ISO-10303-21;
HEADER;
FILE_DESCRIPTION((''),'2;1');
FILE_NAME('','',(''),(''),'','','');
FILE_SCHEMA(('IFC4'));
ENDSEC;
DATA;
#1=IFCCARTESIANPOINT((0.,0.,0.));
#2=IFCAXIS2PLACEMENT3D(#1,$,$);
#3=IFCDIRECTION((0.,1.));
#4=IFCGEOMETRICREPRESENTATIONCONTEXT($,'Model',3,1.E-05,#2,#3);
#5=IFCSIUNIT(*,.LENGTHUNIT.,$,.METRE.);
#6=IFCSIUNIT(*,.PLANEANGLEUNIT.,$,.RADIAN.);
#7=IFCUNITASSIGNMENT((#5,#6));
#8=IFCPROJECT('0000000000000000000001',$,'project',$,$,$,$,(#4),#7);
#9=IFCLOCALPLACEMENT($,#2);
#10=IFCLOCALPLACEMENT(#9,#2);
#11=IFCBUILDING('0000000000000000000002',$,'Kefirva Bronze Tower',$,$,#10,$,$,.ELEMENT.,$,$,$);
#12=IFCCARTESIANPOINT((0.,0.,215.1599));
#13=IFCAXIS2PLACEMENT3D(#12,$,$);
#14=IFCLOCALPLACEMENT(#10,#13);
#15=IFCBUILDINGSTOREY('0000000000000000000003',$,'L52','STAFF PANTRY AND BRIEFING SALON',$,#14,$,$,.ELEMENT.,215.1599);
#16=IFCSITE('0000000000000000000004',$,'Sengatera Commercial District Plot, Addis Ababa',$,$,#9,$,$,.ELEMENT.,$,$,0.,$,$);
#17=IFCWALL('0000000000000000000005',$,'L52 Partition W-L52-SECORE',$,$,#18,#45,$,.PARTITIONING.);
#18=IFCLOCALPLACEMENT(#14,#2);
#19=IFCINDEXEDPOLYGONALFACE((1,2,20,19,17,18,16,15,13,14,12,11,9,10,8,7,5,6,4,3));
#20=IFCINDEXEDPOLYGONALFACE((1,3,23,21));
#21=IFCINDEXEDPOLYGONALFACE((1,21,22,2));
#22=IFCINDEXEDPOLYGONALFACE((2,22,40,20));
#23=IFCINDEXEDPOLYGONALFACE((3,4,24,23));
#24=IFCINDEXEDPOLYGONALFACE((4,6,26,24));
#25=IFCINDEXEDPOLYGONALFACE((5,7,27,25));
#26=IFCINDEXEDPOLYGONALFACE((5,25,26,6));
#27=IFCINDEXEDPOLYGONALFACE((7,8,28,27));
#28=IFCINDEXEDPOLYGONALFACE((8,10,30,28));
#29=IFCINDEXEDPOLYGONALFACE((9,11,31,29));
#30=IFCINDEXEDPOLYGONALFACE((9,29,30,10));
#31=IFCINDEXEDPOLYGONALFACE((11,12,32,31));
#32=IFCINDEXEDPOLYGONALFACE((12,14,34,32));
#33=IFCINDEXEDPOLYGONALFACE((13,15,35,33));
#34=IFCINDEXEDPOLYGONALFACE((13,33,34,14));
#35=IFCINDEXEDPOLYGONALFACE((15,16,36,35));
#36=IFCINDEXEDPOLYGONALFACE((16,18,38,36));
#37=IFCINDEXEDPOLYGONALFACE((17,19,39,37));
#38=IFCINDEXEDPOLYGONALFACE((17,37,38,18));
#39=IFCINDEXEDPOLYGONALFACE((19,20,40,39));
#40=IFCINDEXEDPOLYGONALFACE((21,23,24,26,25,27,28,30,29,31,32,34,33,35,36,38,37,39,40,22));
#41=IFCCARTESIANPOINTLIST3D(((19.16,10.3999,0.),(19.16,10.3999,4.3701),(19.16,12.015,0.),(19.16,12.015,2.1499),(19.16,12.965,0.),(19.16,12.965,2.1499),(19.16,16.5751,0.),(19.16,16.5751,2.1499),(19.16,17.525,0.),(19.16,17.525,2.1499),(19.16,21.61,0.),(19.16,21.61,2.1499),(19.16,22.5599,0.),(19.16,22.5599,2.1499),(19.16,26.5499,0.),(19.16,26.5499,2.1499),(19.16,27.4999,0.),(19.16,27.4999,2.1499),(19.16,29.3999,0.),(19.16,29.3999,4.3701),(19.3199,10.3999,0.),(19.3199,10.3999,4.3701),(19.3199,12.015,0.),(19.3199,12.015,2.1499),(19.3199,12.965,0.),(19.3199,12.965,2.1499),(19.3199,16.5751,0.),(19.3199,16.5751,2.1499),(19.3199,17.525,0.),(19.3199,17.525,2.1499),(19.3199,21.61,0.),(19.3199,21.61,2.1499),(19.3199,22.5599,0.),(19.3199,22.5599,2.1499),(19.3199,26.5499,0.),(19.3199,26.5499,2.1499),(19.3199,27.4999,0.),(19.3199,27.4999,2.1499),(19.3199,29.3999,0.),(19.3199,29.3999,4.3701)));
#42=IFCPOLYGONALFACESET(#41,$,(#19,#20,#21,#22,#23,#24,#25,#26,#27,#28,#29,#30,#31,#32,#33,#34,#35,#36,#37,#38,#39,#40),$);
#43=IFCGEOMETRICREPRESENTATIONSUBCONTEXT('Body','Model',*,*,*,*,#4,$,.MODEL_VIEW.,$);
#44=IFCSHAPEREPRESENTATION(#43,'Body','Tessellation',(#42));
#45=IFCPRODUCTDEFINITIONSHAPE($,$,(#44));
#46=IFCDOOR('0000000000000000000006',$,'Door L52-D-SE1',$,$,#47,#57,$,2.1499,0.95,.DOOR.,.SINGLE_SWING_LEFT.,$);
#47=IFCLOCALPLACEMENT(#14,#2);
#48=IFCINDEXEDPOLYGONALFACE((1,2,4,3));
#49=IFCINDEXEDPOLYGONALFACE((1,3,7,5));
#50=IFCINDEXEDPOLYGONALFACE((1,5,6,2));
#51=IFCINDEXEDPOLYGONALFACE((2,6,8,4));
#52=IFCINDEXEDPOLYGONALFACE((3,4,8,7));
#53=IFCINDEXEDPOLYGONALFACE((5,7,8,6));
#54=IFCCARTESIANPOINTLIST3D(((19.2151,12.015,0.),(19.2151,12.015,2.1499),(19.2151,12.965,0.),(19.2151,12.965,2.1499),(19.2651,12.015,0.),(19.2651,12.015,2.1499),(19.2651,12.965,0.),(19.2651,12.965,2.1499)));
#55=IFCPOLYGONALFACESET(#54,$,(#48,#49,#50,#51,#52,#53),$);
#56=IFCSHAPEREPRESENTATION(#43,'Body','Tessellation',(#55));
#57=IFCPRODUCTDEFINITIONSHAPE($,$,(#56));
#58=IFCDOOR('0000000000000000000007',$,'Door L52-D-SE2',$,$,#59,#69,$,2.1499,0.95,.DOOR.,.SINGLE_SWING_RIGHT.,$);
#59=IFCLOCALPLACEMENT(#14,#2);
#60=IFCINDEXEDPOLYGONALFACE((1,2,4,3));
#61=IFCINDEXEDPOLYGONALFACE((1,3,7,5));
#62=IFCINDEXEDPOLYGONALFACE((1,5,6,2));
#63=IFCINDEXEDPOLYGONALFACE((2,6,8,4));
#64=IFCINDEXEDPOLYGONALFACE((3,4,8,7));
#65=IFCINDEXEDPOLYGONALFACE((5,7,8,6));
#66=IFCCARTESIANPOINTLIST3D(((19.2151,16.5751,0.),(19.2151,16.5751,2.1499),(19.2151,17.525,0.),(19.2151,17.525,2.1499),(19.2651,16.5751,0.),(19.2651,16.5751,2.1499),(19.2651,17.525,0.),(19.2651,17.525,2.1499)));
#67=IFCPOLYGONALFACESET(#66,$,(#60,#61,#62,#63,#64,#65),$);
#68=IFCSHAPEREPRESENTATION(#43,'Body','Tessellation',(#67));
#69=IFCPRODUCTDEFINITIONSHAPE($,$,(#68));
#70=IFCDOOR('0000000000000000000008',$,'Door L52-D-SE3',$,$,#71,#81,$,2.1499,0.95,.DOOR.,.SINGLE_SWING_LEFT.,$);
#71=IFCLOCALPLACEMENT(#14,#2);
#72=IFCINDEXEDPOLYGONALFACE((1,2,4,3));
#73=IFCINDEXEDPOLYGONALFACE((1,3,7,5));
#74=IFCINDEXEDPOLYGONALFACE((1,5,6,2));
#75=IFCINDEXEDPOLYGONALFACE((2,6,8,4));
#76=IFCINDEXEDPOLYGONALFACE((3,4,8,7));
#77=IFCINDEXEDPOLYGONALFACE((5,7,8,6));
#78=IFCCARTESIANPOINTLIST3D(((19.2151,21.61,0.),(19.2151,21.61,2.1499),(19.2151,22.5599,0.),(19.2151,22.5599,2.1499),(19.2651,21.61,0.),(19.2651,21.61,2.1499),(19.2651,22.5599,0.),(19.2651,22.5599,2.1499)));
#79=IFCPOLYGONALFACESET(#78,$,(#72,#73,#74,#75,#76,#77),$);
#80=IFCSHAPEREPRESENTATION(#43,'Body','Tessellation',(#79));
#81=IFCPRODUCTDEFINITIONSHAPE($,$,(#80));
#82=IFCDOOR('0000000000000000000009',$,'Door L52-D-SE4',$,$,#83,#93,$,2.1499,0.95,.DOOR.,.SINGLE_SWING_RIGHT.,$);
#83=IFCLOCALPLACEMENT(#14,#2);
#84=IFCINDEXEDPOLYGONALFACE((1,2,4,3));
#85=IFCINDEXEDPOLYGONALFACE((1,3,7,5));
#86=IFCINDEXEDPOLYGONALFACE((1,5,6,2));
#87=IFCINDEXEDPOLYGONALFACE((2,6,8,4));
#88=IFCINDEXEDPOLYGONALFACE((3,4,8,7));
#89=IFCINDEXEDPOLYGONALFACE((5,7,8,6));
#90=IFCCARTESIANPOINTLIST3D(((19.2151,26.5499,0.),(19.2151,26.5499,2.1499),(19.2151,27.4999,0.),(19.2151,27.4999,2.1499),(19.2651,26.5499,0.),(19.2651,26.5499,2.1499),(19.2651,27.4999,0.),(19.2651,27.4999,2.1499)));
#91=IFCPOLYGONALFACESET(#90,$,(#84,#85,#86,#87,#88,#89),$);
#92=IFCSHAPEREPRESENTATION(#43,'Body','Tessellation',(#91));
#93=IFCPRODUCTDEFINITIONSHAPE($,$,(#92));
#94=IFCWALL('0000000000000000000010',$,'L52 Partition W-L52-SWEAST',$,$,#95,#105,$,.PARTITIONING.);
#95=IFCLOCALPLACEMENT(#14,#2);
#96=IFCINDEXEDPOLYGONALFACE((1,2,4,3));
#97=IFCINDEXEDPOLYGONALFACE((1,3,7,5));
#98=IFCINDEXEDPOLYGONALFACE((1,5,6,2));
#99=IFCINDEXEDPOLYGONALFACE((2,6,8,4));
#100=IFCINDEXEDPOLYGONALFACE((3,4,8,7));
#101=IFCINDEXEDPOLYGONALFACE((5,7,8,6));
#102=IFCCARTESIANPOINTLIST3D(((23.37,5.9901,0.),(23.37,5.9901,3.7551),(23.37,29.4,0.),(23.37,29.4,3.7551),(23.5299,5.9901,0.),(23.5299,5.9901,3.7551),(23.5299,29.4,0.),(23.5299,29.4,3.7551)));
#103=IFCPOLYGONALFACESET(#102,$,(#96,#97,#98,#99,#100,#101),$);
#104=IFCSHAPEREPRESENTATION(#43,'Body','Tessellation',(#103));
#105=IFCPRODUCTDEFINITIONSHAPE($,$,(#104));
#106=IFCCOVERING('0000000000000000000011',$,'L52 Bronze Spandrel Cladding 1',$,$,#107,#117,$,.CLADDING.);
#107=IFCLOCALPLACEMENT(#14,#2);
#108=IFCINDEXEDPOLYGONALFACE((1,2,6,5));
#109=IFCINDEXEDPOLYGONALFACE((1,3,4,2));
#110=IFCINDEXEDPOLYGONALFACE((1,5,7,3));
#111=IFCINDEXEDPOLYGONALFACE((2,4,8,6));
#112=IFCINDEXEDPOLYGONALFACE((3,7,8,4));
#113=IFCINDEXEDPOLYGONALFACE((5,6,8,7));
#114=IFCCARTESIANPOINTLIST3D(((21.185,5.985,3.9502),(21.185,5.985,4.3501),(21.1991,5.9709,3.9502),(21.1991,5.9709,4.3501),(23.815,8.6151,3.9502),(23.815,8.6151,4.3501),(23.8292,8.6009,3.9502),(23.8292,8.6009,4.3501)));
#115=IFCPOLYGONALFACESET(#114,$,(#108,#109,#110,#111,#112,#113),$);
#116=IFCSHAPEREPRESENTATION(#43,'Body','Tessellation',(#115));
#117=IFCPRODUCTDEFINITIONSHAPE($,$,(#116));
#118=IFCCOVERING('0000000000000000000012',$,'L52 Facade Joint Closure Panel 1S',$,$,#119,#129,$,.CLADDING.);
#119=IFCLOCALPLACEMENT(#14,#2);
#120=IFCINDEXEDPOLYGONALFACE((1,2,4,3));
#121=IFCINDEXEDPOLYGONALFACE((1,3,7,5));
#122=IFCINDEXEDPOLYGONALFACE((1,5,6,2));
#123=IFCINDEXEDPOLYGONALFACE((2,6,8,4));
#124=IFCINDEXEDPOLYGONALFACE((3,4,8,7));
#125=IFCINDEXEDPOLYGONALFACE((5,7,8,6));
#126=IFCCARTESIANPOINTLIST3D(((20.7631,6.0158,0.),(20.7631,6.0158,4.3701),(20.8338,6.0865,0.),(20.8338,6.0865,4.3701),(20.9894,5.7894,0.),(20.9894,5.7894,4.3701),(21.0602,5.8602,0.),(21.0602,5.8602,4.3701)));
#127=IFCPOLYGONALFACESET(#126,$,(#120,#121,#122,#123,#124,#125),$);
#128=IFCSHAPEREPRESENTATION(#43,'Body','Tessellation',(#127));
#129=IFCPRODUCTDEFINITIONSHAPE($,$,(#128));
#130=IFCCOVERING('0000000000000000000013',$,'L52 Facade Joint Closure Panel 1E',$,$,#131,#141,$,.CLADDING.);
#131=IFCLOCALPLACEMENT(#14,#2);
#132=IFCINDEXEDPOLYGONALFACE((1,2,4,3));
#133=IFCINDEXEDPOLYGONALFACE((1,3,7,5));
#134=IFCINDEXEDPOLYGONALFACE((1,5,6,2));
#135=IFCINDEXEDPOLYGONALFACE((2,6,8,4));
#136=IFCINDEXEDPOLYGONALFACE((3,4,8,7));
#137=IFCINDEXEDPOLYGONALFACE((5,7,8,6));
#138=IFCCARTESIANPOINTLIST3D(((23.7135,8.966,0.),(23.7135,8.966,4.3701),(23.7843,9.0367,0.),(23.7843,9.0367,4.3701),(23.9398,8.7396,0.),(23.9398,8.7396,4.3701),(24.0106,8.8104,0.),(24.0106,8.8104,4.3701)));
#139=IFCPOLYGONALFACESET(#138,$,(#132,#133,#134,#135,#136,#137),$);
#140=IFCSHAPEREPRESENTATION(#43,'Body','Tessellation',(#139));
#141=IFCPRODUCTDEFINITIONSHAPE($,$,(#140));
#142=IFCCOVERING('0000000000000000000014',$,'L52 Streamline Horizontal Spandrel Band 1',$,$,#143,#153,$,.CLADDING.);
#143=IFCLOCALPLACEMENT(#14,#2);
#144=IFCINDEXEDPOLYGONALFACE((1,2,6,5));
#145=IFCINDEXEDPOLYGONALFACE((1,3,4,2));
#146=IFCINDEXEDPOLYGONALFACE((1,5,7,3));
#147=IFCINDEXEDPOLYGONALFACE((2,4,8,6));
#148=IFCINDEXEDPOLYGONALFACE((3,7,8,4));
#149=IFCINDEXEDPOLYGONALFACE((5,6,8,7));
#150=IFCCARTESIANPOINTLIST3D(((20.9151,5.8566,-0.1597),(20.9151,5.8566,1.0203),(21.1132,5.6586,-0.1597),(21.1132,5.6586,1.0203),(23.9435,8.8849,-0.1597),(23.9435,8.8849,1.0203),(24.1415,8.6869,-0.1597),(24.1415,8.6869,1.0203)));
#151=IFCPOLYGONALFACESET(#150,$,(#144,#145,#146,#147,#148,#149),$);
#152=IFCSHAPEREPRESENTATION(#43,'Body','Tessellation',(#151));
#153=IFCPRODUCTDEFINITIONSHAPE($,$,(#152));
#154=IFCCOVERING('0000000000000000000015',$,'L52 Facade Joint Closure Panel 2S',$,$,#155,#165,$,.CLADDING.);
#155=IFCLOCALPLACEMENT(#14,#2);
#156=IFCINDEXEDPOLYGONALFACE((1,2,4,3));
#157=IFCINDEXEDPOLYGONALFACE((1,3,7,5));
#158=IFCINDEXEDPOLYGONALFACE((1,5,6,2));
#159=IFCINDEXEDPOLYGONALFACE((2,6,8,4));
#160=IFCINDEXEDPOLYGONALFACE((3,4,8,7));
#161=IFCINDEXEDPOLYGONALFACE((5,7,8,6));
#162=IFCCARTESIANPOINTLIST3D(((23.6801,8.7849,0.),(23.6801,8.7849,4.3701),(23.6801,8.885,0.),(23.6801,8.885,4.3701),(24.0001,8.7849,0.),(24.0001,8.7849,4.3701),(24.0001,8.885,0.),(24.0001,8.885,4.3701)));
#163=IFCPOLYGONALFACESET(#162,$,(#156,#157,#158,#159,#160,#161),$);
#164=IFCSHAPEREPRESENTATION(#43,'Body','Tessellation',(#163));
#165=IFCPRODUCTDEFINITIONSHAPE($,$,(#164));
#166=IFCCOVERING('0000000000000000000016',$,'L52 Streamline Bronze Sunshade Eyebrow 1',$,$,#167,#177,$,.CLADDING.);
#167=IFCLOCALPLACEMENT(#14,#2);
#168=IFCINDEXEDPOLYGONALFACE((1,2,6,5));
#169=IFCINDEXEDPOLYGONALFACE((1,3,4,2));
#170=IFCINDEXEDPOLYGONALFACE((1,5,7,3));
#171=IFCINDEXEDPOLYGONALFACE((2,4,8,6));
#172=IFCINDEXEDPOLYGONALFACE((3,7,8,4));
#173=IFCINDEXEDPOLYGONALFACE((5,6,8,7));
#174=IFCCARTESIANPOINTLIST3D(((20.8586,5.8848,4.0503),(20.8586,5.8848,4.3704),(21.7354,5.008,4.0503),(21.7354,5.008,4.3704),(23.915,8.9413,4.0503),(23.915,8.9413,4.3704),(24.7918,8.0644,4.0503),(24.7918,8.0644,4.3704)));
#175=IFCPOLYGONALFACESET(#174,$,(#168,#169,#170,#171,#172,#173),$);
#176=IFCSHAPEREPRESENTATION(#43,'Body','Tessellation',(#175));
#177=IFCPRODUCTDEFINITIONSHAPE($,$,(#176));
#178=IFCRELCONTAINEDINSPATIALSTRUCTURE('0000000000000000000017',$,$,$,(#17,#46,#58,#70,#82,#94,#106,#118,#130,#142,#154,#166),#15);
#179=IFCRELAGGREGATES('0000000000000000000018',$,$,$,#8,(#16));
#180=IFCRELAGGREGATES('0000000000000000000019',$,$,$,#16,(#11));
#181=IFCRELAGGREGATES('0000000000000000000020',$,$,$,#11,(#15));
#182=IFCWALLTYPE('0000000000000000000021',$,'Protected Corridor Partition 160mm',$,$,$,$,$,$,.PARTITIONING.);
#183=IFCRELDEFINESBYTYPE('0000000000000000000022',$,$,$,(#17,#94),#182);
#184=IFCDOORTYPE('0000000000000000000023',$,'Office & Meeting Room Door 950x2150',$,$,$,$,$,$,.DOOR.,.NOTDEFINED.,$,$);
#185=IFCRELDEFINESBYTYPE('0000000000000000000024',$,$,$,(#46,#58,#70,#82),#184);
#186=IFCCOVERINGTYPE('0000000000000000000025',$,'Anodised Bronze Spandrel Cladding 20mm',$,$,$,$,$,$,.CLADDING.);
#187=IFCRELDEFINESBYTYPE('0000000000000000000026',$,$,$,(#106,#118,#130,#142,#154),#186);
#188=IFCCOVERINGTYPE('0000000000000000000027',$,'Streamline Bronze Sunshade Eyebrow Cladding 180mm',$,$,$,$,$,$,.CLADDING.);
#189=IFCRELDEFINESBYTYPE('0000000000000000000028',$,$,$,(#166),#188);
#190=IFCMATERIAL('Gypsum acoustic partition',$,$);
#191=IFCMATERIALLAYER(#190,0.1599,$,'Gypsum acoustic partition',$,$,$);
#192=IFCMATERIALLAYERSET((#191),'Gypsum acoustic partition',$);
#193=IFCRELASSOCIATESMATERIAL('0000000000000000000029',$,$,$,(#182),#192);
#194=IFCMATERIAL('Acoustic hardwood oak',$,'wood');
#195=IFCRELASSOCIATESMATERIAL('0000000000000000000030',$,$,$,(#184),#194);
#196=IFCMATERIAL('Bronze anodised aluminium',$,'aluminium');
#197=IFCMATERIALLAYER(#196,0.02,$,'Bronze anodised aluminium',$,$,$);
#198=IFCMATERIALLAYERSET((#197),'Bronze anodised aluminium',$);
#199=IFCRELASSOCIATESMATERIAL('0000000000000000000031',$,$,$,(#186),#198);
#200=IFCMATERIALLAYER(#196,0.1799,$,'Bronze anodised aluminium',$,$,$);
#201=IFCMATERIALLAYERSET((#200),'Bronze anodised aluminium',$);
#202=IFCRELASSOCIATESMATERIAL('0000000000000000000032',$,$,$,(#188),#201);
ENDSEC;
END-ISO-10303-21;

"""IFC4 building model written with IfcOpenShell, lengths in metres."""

from ifc_helpers import new_model, si_unit, direction, frame, frame_2d, origin, origin_2d, place, context, subcontext, project, spatial, rectangle, extrude, material, layer, layer_set, type_object, element, fill, save


model = new_model("IFC4")

# Units and contexts
model_context = context("Model", 3, precision=1e-05, world=origin(), true_north=direction((0.0, 1.0)))
body_context = subcontext(model_context, "Body", "Model", "MODEL_VIEW")
ifc_project = project(units=[si_unit("LENGTHUNIT", "METRE"), si_unit("PLANEANGLEUNIT", "RADIAN")], contexts=[model_context])

# Site, building, storey
site_placement = place(None, origin())
site = spatial("IfcSite", under=ifc_project, at=site_placement, Name="Sengatera Commercial District Plot, Addis Ababa", CompositionType="ELEMENT", RefElevation=0.0)
building_placement = place(site_placement, origin())
building = spatial("IfcBuilding", under=site, at=building_placement, Name="Kefirva Bronze Tower", CompositionType="ELEMENT")
storey_placement = place(building_placement, frame((0.0, 0.0, 215.1599)))
storey = spatial("IfcBuildingStorey", under=building, at=storey_placement, Name="L52", Description="STAFF PANTRY AND BRIEFING SALON", CompositionType="ELEMENT", Elevation=215.1599)

# Shared definitions
ifc_material_1 = material(Name="Bronze anodised aluminium", Category="aluminium")

# Shared definitions
ifc_material_2 = material(Name="Gypsum acoustic partition")

# Shared definitions
ifc_layer_1 = layer(ifc_material_2, 0.1599, Name="Gypsum acoustic partition")
ifc_layer_set_1 = layer_set([ifc_layer_1], Name="Gypsum acoustic partition")
wall_type_1 = type_object("IfcWallType", Name="Protected Corridor Partition 160mm", PredefinedType="PARTITIONING", material=ifc_layer_set_1)
ifc_material_3 = material(Name="Acoustic hardwood oak", Category="wood")
door_type = type_object("IfcDoorType", Name="Office & Meeting Room Door 950x2150", OperationType="NOTDEFINED", PredefinedType="DOOR", material=ifc_material_3)

# Wall, openings, doors
wall_1_placement = place(storey_placement, frame((19.24, 10.3999, 0.0), z_axis=(0.0, 0.0, 1.0), x_axis=(0.0, 1.0, 0.0)))
wall_1 = element("IfcWall", 1, at=wall_1_placement, inside=storey, type_object=wall_type_1, Name="L52 Partition W-L52-SECORE", PredefinedType="PARTITIONING", context=body_context, shape_type="SweptSolid", body=[
    extrude(rectangle(XDim=19.0, YDim=0.1599, at=frame_2d((9.5, 0.0))), origin(), (0.0, 0.0, 1.0), 4.3701),
])
opening_1_placement = place(wall_1_placement, frame((1.615, 0.0, 0.0)))
opening_1 = element("IfcOpeningElement", 2, at=opening_1_placement, cuts=wall_1, PredefinedType="OPENING", context=body_context, shape_type="SweptSolid", body=[
    extrude(rectangle(XDim=0.95, YDim=2.1499, at=frame_2d((0.4751, 1.075))), frame((0.0, 0.0898, 0.0), z_axis=(0.0, -1.0, 0.0), x_axis=(1.0, 0.0, 0.0)), (0.0, 0.0, 1.0), 0.1799),
])
opening_2_placement = place(wall_1_placement, frame((6.175, 0.0, 0.0)))
opening_2 = element("IfcOpeningElement", 3, at=opening_2_placement, cuts=wall_1, PredefinedType="OPENING", context=body_context, shape_type="SweptSolid", body=[
    extrude(rectangle(XDim=0.95, YDim=2.1499, at=frame_2d((0.4751, 1.075))), frame((0.0, 0.0898, 0.0), z_axis=(0.0, -1.0, 0.0), x_axis=(1.0, 0.0, 0.0)), (0.0, 0.0, 1.0), 0.1799),
])
opening_3_placement = place(wall_1_placement, frame((11.21, 0.0, 0.0)))
opening_3 = element("IfcOpeningElement", 4, at=opening_3_placement, cuts=wall_1, PredefinedType="OPENING", context=body_context, shape_type="SweptSolid", body=[
    extrude(rectangle(XDim=0.95, YDim=2.1499, at=frame_2d((0.4751, 1.075))), frame((0.0, 0.0898, 0.0), z_axis=(0.0, -1.0, 0.0), x_axis=(1.0, 0.0, 0.0)), (0.0, 0.0, 1.0), 0.1799),
])
opening_4_placement = place(wall_1_placement, frame((16.1499, 0.0, 0.0)))
opening_4 = element("IfcOpeningElement", 5, at=opening_4_placement, cuts=wall_1, PredefinedType="OPENING", context=body_context, shape_type="SweptSolid", body=[
    extrude(rectangle(XDim=0.95, YDim=2.1499, at=frame_2d((0.4751, 1.075))), frame((0.0, 0.0898, 0.0), z_axis=(0.0, -1.0, 0.0), x_axis=(1.0, 0.0, 0.0)), (0.0, 0.0, 1.0), 0.1799),
])
door_1_placement = place(opening_1_placement, origin())
door_1 = element("IfcDoor", 6, at=door_1_placement, inside=storey, type_object=door_type, Name="Door L52-D-SE1", OperationType="SINGLE_SWING_LEFT", OverallHeight=2.1499, OverallWidth=0.95, PredefinedType="DOOR", context=body_context, shape_type="SweptSolid", body=[
    extrude(rectangle(XDim=0.95, YDim=2.1499, at=frame_2d((0.4751, 1.075))), frame((0.0, 0.0249, 0.0), z_axis=(0.0, -1.0, 0.0), x_axis=(1.0, 0.0, 0.0)), (0.0, 0.0, 1.0), 0.05),
])
fill(opening_1, door_1)
door_2_placement = place(opening_2_placement, origin())
door_2 = element("IfcDoor", 7, at=door_2_placement, inside=storey, type_object=door_type, Name="Door L52-D-SE2", OperationType="SINGLE_SWING_RIGHT", OverallHeight=2.1499, OverallWidth=0.95, PredefinedType="DOOR", context=body_context, shape_type="SweptSolid", body=[
    extrude(rectangle(XDim=0.95, YDim=2.1499, at=frame_2d((0.4751, 1.075))), frame((0.0, 0.0249, 0.0), z_axis=(0.0, -1.0, 0.0), x_axis=(1.0, 0.0, 0.0)), (0.0, 0.0, 1.0), 0.05),
])
fill(opening_2, door_2)
door_3_placement = place(opening_3_placement, origin())
door_3 = element("IfcDoor", 8, at=door_3_placement, inside=storey, type_object=door_type, Name="Door L52-D-SE3", OperationType="SINGLE_SWING_LEFT", OverallHeight=2.1499, OverallWidth=0.95, PredefinedType="DOOR", context=body_context, shape_type="SweptSolid", body=[
    extrude(rectangle(XDim=0.95, YDim=2.1499, at=frame_2d((0.4751, 1.075))), frame((0.0, 0.0249, 0.0), z_axis=(0.0, -1.0, 0.0), x_axis=(1.0, 0.0, 0.0)), (0.0, 0.0, 1.0), 0.05),
])
fill(opening_3, door_3)
door_4_placement = place(opening_4_placement, origin())
door_4 = element("IfcDoor", 9, at=door_4_placement, inside=storey, type_object=door_type, Name="Door L52-D-SE4", OperationType="SINGLE_SWING_RIGHT", OverallHeight=2.1499, OverallWidth=0.95, PredefinedType="DOOR", context=body_context, shape_type="SweptSolid", body=[
    extrude(rectangle(XDim=0.95, YDim=2.1499, at=frame_2d((0.4751, 1.075))), frame((0.0, 0.0249, 0.0), z_axis=(0.0, -1.0, 0.0), x_axis=(1.0, 0.0, 0.0)), (0.0, 0.0, 1.0), 0.05),
])
fill(opening_4, door_4)

# Wall
wall_2_placement = place(storey_placement, frame((23.45, 5.99, 0.0), z_axis=(0.0, 0.0, 1.0), x_axis=(0.0, 1.0, 0.0)))
element("IfcWall", 10, at=wall_2_placement, inside=storey, type_object=wall_type_1, Name="L52 Partition W-L52-SWEAST", PredefinedType="PARTITIONING", context=body_context, shape_type="SweptSolid", body=[
    extrude(rectangle(XDim=23.4099, YDim=0.1599, at=frame_2d((11.7051, 0.0))), origin(), (0.0, 0.0, 1.0), 3.7551),
])

# Coverings
ifc_layer_2 = layer(ifc_material_1, 0.02, Name="Bronze anodised aluminium")
ifc_layer_set_2 = layer_set([ifc_layer_2], Name="Bronze anodised aluminium")
covering_type_1 = type_object("IfcCoveringType", Name="Anodised Bronze Spandrel Cladding 20mm", PredefinedType="CLADDING", material=ifc_layer_set_2)
covering_1_placement = place(storey_placement, frame((22.5071, 7.293, 3.9502), z_axis=(0.0, 0.0, 1.0), x_axis=(0.707107, 0.707107, 0.0)))
element("IfcCovering", 11, at=covering_1_placement, inside=storey, type_object=covering_type_1, Name="L52 Bronze Spandrel Cladding 1", PredefinedType="CLADDING", context=body_context, shape_type="SweptSolid", body=[
    extrude(rectangle(XDim=3.7195, YDim=0.02, at=origin_2d()), origin(), (0.0, 0.0, 1.0), 0.3999),
])
for number, where, z_axis, x_axis, name in (
    (12, (20.9116, 5.938, 0.0), (0.0, 0.0, 1.0), (0.707107, 0.707107, 0.0), "L52 Facade Joint Closure Panel 1S"),
    (13, (23.8621, 8.8882, 0.0), (0.0, 0.0, 1.0), (0.707107, 0.707107, 0.0), "L52 Facade Joint Closure Panel 1E"),
):
    element("IfcCovering", number, at=place(storey_placement, frame(where, z_axis=z_axis, x_axis=x_axis)), inside=storey, type_object=covering_type_1, Name=name, PredefinedType="CLADDING", context=body_context, shape_type="SweptSolid", body=[
        extrude(rectangle(XDim=0.1001, YDim=0.3201, at=origin_2d()), origin(), (0.0, 0.0, 1.0), 4.3701),
    ])
covering_2_placement = place(storey_placement, frame((22.5283, 7.2717, -0.1597), z_axis=(0.0, 0.0, 1.0), x_axis=(0.707107, 0.707107, 0.0)))
element("IfcCovering", 14, at=covering_2_placement, inside=storey, type_object=covering_type_1, Name="L52 Streamline Horizontal Spandrel Band 1", PredefinedType="CLADDING", context=body_context, shape_type="SweptSolid", body=[
    extrude(rectangle(XDim=4.2827, YDim=0.28, at=origin_2d()), origin(), (0.0, 0.0, 1.0), 1.1799),
])
covering_3_placement = place(storey_placement, frame((23.8401, 8.835, 0.0), z_axis=(0.0, 0.0, 1.0), x_axis=(0.0, 1.0, 0.0)))
element("IfcCovering", 15, at=covering_3_placement, inside=storey, type_object=covering_type_1, Name="L52 Facade Joint Closure Panel 2S", PredefinedType="CLADDING", context=body_context, shape_type="SweptSolid", body=[
    extrude(rectangle(XDim=0.1001, YDim=0.3201, at=origin_2d()), origin(), (0.0, 0.0, 1.0), 4.3701),
])
ifc_layer_3 = layer(ifc_material_1, 0.1799, Name="Bronze anodised aluminium")
ifc_layer_set_3 = layer_set([ifc_layer_3], Name="Bronze anodised aluminium")
covering_type_2 = type_object("IfcCoveringType", Name="Streamline Bronze Sunshade Eyebrow Cladding 180mm", PredefinedType="CLADDING", material=ifc_layer_set_3)
covering_4_placement = place(storey_placement, frame((22.8252, 6.9746, 4.0503), z_axis=(0.0, 0.0, 1.0), x_axis=(0.707107, 0.707107, 0.0)))
element("IfcCovering", 16, at=covering_4_placement, inside=storey, type_object=covering_type_2, Name="L52 Streamline Bronze Sunshade Eyebrow 1", PredefinedType="CLADDING", context=body_context, shape_type="SweptSolid", body=[
    extrude(rectangle(XDim=4.3225, YDim=1.24, at=origin_2d()), origin(), (0.0, 0.0, 1.0), 0.3201),
])

save(model, "model.ifc")
